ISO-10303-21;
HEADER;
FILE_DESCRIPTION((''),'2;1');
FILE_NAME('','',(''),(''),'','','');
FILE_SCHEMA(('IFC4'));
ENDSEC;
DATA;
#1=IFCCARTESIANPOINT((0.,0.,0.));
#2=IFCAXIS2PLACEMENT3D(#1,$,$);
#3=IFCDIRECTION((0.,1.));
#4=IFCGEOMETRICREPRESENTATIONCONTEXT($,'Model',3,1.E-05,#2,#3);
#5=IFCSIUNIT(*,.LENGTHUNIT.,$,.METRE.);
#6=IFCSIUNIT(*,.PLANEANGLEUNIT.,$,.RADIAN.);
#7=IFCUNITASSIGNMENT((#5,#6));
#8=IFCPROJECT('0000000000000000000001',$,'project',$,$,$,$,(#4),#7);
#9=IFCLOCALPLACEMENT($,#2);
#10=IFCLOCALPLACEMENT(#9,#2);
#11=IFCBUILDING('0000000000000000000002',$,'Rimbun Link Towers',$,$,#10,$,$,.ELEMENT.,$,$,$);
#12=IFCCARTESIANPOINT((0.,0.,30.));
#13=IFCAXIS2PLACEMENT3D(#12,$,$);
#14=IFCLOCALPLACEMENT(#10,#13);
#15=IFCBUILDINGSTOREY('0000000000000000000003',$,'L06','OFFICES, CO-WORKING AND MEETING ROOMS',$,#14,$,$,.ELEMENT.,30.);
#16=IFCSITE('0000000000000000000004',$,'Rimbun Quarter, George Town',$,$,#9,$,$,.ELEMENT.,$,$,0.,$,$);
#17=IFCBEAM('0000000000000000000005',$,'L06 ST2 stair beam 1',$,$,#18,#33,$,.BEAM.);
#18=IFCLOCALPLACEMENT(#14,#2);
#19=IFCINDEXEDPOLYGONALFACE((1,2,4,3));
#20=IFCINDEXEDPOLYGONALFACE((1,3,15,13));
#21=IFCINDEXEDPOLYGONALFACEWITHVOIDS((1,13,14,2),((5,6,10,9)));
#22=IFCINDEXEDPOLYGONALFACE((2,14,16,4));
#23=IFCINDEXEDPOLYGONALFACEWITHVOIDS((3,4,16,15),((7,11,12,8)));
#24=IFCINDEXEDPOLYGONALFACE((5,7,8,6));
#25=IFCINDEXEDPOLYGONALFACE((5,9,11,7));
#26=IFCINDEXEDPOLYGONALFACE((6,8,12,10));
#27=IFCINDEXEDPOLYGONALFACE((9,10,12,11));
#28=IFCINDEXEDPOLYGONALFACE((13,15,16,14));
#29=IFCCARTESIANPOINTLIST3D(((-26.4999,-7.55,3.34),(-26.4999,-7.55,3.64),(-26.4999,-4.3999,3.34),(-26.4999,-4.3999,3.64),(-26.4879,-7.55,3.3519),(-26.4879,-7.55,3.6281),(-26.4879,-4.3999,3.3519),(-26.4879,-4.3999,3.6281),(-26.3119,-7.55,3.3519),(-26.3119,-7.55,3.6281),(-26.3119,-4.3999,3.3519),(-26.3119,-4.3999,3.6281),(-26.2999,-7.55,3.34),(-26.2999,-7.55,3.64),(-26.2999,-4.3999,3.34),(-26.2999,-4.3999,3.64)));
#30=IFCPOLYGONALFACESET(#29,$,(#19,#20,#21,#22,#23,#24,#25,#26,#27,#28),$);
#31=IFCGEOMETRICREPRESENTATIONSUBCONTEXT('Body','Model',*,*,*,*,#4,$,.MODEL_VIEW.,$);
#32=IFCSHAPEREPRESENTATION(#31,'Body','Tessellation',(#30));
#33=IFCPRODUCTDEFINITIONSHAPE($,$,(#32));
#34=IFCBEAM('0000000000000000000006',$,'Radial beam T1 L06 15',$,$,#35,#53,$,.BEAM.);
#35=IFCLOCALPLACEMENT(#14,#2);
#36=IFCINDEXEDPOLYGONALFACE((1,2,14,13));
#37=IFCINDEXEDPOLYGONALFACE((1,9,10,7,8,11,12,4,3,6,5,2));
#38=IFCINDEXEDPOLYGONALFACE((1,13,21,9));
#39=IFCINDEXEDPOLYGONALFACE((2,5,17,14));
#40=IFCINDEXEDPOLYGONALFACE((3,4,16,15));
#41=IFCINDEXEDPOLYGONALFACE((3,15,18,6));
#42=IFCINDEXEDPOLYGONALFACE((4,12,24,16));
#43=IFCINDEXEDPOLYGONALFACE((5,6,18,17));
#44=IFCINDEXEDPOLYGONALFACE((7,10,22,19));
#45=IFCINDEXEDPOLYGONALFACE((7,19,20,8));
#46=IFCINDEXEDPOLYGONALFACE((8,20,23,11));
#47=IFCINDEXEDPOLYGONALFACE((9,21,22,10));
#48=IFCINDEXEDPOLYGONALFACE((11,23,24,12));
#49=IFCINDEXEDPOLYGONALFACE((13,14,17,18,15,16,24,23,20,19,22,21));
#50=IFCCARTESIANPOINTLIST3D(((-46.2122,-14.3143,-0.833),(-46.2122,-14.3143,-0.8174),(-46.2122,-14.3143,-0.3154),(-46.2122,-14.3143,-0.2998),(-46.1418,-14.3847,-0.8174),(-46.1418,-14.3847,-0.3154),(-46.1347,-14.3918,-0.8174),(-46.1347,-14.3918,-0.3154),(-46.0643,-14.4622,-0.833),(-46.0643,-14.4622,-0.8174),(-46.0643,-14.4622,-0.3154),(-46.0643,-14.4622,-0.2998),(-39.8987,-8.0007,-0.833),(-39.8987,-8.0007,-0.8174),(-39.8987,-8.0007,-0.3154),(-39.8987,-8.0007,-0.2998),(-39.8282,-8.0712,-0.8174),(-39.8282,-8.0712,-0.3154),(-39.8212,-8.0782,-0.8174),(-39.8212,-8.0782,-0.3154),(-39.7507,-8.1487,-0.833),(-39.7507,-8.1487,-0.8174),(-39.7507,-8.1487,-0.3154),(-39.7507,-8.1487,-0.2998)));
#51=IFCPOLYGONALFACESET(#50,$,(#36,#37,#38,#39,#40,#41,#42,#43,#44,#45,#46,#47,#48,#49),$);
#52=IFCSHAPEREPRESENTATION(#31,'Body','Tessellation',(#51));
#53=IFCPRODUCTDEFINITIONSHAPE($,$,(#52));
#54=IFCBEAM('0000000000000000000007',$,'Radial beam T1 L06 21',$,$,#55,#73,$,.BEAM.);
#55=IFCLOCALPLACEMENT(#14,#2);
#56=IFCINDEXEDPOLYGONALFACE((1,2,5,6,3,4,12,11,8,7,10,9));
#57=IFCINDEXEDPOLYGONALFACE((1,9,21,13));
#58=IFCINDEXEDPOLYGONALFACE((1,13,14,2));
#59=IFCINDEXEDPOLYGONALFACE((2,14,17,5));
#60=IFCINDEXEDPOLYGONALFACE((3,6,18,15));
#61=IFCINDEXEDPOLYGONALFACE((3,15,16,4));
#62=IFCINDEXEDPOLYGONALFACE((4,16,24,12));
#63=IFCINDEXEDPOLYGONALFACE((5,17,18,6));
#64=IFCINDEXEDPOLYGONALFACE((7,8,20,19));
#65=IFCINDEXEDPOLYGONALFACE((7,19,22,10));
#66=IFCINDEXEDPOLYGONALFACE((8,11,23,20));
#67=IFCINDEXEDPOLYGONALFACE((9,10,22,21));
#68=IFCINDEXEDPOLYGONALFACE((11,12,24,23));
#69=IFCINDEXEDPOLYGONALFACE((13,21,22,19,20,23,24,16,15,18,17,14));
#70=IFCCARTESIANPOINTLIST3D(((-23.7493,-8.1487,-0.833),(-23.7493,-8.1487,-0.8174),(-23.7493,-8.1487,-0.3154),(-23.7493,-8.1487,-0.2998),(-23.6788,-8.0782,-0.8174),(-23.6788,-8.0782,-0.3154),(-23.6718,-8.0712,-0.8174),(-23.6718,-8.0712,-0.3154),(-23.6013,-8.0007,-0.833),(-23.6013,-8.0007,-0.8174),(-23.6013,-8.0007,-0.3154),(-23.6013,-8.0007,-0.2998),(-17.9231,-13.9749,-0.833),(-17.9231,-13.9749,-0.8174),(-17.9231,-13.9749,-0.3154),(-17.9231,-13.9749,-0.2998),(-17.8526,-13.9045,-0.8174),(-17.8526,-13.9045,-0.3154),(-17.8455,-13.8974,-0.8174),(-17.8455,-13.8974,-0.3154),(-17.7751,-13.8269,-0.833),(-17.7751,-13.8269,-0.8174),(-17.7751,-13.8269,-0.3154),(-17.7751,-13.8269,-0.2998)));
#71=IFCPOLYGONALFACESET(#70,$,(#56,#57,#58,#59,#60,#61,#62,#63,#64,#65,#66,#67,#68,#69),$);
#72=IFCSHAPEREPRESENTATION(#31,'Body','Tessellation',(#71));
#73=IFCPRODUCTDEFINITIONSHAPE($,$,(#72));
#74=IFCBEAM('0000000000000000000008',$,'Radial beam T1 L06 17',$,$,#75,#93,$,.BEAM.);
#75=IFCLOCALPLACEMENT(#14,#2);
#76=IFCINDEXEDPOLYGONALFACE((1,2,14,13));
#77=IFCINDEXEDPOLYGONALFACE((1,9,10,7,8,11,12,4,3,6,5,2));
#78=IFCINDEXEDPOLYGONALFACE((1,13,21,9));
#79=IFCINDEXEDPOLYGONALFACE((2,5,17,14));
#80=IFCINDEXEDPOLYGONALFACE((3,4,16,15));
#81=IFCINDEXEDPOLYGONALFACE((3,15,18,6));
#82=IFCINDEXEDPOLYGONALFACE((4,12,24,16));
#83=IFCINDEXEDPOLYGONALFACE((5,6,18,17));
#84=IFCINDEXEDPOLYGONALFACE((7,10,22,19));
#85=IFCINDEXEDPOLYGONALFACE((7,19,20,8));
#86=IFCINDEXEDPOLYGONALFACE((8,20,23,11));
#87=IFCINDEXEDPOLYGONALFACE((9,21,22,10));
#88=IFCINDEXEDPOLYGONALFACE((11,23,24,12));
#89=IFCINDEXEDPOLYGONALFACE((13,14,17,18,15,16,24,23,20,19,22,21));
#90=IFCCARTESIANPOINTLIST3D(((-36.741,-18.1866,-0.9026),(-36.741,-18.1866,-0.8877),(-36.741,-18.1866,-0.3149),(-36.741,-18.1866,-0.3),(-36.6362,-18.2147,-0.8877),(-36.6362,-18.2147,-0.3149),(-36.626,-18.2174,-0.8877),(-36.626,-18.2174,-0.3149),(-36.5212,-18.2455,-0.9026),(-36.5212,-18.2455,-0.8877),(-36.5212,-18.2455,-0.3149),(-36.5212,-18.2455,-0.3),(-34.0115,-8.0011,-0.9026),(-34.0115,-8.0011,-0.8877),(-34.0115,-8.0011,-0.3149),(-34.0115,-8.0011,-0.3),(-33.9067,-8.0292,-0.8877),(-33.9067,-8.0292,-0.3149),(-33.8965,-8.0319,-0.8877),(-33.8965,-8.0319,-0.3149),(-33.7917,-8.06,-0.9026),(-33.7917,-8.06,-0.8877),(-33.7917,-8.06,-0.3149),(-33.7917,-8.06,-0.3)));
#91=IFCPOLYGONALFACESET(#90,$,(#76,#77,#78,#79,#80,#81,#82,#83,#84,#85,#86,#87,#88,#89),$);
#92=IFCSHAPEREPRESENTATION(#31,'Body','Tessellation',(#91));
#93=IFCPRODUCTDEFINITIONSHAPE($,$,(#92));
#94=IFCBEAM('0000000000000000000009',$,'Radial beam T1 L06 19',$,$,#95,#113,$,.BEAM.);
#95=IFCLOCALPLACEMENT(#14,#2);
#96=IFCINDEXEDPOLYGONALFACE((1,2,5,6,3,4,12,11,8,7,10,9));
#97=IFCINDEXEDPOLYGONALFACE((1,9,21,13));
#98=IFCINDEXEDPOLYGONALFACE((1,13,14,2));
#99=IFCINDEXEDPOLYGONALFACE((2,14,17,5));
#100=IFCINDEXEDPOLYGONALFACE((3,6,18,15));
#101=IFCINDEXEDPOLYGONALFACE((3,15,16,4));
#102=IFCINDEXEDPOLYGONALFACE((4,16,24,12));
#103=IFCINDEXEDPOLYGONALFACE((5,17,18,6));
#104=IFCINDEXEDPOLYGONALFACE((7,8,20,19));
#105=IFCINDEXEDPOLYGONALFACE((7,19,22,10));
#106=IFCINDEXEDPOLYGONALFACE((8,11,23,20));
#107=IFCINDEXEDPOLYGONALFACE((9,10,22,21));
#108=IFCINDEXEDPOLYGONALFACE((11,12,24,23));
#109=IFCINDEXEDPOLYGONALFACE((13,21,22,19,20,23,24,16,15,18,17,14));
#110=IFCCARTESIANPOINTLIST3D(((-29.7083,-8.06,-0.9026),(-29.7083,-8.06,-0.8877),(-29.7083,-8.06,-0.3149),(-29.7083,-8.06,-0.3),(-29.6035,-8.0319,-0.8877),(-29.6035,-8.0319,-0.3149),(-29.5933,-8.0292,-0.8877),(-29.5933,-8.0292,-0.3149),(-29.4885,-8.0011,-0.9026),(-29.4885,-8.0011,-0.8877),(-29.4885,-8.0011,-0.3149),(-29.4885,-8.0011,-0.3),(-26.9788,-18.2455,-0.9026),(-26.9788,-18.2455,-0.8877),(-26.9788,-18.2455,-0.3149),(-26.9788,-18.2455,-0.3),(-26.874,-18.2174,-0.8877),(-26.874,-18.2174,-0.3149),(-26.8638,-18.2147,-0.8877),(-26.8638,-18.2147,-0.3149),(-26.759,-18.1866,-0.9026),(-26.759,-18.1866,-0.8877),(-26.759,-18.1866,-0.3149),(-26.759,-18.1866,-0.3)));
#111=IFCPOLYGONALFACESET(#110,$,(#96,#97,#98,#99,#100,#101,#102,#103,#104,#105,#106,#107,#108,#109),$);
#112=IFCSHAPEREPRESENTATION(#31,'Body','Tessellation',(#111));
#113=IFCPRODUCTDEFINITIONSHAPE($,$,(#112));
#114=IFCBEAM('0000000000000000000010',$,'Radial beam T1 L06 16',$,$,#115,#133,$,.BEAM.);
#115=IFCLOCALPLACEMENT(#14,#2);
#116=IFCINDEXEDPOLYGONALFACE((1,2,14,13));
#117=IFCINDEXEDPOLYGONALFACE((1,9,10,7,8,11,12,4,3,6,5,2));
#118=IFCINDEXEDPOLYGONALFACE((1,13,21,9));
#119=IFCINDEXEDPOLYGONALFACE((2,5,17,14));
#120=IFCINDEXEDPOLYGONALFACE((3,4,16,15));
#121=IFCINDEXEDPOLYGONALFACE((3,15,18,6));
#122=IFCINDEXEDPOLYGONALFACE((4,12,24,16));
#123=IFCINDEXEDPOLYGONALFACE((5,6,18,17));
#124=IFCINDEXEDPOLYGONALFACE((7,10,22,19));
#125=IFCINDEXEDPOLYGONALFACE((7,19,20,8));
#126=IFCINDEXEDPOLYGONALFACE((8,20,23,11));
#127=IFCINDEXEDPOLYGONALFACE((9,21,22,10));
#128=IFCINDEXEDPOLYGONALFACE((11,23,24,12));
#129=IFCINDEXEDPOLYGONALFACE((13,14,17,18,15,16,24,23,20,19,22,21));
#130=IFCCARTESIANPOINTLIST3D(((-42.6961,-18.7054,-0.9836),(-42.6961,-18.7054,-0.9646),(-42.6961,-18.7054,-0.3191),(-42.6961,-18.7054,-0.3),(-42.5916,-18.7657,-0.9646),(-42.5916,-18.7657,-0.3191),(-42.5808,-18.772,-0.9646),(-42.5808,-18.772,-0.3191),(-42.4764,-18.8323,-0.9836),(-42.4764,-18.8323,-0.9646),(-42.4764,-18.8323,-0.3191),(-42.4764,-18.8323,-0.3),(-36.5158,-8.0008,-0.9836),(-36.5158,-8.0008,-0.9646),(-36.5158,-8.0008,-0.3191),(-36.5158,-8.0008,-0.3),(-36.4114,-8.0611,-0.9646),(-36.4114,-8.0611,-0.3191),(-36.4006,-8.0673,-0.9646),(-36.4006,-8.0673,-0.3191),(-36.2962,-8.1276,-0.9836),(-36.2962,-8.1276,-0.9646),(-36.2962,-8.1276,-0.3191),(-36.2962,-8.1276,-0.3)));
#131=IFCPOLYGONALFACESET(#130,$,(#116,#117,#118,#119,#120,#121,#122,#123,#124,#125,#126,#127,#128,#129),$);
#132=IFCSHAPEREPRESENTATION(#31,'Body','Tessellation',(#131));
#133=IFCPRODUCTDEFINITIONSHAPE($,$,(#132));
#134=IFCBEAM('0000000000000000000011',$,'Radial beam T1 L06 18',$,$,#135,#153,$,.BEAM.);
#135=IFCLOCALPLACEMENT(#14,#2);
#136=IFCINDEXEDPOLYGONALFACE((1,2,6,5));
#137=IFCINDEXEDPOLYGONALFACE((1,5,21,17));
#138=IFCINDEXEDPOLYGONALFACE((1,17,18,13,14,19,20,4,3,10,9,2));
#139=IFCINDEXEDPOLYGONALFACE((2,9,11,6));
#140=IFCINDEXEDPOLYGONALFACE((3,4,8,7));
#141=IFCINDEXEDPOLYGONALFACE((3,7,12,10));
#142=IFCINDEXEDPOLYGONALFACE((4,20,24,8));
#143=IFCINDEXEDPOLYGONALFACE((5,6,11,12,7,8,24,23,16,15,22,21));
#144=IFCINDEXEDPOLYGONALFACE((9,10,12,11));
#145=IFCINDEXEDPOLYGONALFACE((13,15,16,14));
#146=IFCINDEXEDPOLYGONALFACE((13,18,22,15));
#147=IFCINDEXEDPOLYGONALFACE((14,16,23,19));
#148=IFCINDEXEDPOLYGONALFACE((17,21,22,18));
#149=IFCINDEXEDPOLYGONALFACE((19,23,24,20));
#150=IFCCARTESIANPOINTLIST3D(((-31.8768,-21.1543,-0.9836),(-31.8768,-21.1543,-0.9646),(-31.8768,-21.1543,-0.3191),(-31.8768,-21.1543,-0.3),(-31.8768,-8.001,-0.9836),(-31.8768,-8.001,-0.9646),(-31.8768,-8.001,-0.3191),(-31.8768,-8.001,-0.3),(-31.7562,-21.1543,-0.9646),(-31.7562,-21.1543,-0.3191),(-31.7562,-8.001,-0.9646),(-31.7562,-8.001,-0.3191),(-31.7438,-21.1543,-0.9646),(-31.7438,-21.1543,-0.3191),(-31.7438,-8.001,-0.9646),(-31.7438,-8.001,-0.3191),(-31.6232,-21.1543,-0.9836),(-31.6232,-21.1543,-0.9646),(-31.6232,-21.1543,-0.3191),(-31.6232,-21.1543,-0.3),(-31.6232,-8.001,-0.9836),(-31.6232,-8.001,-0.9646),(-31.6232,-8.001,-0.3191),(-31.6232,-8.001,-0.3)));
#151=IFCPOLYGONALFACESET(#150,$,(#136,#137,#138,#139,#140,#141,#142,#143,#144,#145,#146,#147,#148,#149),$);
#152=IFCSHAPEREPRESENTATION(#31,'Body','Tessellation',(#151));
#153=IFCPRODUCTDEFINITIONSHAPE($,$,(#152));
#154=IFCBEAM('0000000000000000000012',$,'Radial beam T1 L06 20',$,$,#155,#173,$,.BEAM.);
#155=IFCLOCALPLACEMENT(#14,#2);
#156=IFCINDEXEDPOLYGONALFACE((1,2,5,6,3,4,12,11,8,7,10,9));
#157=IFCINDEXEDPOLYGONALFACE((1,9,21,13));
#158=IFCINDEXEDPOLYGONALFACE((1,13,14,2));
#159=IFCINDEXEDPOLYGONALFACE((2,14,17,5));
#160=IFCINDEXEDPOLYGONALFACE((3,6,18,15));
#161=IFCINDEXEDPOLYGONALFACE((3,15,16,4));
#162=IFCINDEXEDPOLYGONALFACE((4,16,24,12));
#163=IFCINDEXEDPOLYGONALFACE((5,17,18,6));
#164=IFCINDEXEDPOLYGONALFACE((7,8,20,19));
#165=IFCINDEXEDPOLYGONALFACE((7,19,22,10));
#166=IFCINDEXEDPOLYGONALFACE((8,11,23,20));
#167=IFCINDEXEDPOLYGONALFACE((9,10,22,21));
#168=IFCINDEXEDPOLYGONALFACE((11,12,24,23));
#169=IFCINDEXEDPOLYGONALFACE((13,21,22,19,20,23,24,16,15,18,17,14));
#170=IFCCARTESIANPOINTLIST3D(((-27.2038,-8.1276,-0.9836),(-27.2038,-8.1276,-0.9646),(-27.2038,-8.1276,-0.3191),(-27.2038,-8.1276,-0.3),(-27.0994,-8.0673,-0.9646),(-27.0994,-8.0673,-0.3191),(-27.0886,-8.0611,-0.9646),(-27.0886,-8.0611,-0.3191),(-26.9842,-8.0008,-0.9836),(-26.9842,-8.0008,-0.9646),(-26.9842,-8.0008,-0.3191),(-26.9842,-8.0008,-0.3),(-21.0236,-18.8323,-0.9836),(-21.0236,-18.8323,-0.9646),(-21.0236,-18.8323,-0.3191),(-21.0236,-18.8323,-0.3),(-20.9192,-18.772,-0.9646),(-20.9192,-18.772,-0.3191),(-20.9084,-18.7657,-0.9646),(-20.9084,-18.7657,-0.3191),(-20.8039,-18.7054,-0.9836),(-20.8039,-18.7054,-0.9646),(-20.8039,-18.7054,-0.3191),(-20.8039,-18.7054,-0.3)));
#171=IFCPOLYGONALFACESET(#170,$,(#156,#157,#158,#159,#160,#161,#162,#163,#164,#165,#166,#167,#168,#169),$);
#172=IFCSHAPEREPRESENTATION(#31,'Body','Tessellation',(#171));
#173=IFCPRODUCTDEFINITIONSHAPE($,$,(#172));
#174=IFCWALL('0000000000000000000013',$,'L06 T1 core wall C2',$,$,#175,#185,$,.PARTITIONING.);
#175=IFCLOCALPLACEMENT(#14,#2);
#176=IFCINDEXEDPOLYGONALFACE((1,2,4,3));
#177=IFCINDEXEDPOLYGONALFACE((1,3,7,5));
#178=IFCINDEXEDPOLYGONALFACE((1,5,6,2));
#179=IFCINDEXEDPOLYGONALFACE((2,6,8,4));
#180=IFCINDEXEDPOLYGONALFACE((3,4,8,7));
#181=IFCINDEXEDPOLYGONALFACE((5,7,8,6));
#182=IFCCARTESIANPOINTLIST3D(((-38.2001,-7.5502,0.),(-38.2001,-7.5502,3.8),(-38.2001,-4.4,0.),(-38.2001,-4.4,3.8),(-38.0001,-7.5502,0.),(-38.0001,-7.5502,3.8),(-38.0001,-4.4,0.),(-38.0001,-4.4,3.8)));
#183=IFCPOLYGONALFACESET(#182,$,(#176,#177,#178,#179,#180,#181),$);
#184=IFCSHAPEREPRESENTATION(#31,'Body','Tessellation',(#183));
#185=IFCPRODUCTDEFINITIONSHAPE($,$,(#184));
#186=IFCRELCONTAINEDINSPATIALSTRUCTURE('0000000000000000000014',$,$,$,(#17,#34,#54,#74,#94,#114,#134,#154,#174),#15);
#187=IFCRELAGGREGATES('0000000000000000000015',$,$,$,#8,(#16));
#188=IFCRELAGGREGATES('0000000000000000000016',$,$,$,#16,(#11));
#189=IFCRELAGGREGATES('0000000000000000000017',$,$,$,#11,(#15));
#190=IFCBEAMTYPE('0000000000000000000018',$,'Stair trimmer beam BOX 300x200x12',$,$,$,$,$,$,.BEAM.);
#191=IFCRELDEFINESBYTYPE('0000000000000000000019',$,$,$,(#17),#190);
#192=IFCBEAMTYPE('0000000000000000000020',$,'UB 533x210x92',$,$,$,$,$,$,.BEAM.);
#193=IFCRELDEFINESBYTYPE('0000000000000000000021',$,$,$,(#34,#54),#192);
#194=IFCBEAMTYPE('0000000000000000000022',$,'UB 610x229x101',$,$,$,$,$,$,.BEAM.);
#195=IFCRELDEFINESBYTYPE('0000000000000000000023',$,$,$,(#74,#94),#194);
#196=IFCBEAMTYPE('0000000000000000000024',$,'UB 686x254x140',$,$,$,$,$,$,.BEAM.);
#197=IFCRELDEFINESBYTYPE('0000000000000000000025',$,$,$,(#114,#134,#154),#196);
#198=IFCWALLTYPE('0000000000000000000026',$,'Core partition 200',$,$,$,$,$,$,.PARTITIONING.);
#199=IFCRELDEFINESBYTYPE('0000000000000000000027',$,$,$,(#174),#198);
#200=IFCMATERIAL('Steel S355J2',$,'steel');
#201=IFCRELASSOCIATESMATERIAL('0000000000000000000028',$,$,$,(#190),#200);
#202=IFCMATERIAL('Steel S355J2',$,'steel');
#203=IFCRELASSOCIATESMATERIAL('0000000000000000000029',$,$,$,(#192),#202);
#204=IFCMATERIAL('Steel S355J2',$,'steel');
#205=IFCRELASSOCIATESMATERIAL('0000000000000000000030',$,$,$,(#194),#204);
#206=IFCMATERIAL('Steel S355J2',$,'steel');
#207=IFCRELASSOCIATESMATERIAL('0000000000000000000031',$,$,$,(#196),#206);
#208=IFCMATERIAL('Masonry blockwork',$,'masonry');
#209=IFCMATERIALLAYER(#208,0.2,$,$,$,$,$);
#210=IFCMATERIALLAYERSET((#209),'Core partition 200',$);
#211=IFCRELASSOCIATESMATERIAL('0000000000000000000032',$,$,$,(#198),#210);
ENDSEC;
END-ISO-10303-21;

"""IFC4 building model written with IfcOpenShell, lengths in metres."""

from ifc_helpers import new_model, si_unit, direction, frame, frame_2d, origin, origin_2d, place, context, subcontext, project, spatial, rectangle, hollow_rectangle, i_section, extrude, material, layer, layer_set, material_profile, profile_set, type_object, element, save


model = new_model("IFC4")

# Units and contexts
model_context = context("Model", 3, precision=1e-05, world=origin(), true_north=direction((0.0, 1.0)))
body_context = subcontext(model_context, "Body", "Model", "MODEL_VIEW")
ifc_project = project(units=[si_unit("LENGTHUNIT", "METRE"), si_unit("PLANEANGLEUNIT", "RADIAN")], contexts=[model_context])

# Site, building, storey
site_placement = place(None, origin())
site = spatial("IfcSite", under=ifc_project, at=site_placement, Name="Rimbun Quarter, George Town", CompositionType="ELEMENT", RefElevation=0.0)
building_placement = place(site_placement, origin())
building = spatial("IfcBuilding", under=site, at=building_placement, Name="Rimbun Link Towers", CompositionType="ELEMENT")
storey_placement = place(building_placement, frame((0.0, 0.0, 30.0)))
storey = spatial("IfcBuildingStorey", under=building, at=storey_placement, Name="L06", Description="OFFICES, CO-WORKING AND MEETING ROOMS", CompositionType="ELEMENT", Elevation=30.0)

# Beams
ifc_material_1 = material(Name="Steel S355J2", Category="steel")
ifc_material_profile_1 = material_profile(ifc_material_1, hollow_rectangle(XDim=0.2, YDim=0.3, WallThickness=0.012, at=origin_2d()), Name="BOX 300x200x12")
ifc_profile_set_1 = profile_set([ifc_material_profile_1], Name="Steel S355J2")
beam_type_1 = type_object("IfcBeamType", Name="Stair trimmer beam BOX 300x200x12", PredefinedType="BEAM", material=ifc_profile_set_1)
beam_1_placement = place(storey_placement, frame((-26.3999, -7.55, 3.49), z_axis=(0.0, 1.0, 0.0), x_axis=(-1.0, 0.0, 0.0)))
element("IfcBeam", 1, at=beam_1_placement, inside=storey, type_object=beam_type_1, Name="L06 ST2 stair beam 1", PredefinedType="BEAM", context=body_context, shape_type="SweptSolid", body=[
    extrude(hollow_rectangle(XDim=0.2, YDim=0.3, WallThickness=0.012, at=origin_2d()), origin(), (0.0, 0.0, 1.0), 3.1501),
])
ifc_material_2 = material(Name="Steel S355J2", Category="steel")
ifc_material_profile_2 = material_profile(ifc_material_2, i_section(OverallWidth=0.2092, OverallDepth=0.5332, WebThickness=0.01, FlangeThickness=0.0156, at=origin_2d()), Name="UB 533x210x92")
ifc_profile_set_2 = profile_set([ifc_material_profile_2], Name="Steel S355J2")
beam_type_2 = type_object("IfcBeamType", Name="UB 533x210x92", PredefinedType="BEAM", material=ifc_profile_set_2)
beam_2_placement = place(storey_placement, frame((-39.8247, -8.0747, -0.5664), z_axis=(-0.707107, -0.707107, 0.0), x_axis=(0.707107, -0.707107, 0.0)))
element("IfcBeam", 2, at=beam_2_placement, inside=storey, type_object=beam_type_2, Name="Radial beam T1 L06 15", PredefinedType="BEAM", context=body_context, shape_type="SweptSolid", body=[
    extrude(i_section(OverallWidth=0.2092, OverallDepth=0.5332, WebThickness=0.01, FlangeThickness=0.0156, at=origin_2d()), origin(), (0.0, 0.0, 1.0), 8.9287),
])
beam_3_placement = place(storey_placement, frame((-23.6753, -8.0747, -0.5664), z_axis=(0.707107, -0.707107, 0.0), x_axis=(0.707107, 0.707107, 0.0)))
element("IfcBeam", 3, at=beam_3_placement, inside=storey, type_object=beam_type_2, Name="Radial beam T1 L06 21", PredefinedType="BEAM", context=body_context, shape_type="SweptSolid", body=[
    extrude(i_section(OverallWidth=0.2092, OverallDepth=0.5332, WebThickness=0.01, FlangeThickness=0.0156, at=origin_2d()), origin(), (0.0, 0.0, 1.0), 8.2395),
])
ifc_material_3 = material(Name="Steel S355J2", Category="steel")
ifc_material_profile_3 = material_profile(ifc_material_3, i_section(OverallWidth=0.2275, OverallDepth=0.6025, WebThickness=0.0105, FlangeThickness=0.0149, at=origin_2d()), Name="UB 610x229x101")
ifc_profile_set_3 = profile_set([ifc_material_profile_3], Name="Steel S355J2")
beam_type_3 = type_object("IfcBeamType", Name="UB 610x229x101", PredefinedType="BEAM", material=ifc_profile_set_3)
for number, where, z_axis, x_axis, name in (
    (4, (-33.9016, -8.0305, -0.6013), (-0.258844, -0.965919, 0.0), (0.965919, -0.258844, 0.0), "Radial beam T1 L06 17"),
    (5, (-29.5984, -8.0305, -0.6013), (0.258844, -0.965919, 0.0), (0.965919, 0.258844, 0.0), "Radial beam T1 L06 19"),
):
    element("IfcBeam", number, at=place(storey_placement, frame(where, z_axis=z_axis, x_axis=x_axis)), inside=storey, type_object=beam_type_3, Name=name, PredefinedType="BEAM", context=body_context, shape_type="SweptSolid", body=[
        extrude(i_section(OverallWidth=0.2275, OverallDepth=0.6025, WebThickness=0.0105, FlangeThickness=0.0149, at=origin_2d()), origin(), (0.0, 0.0, 1.0), 10.5449),
    ])
ifc_material_4 = material(Name="Steel S355J2", Category="steel")
ifc_material_profile_4 = material_profile(ifc_material_4, i_section(OverallWidth=0.2537, OverallDepth=0.6836, WebThickness=0.0125, FlangeThickness=0.019, at=origin_2d()), Name="UB 686x254x140")
ifc_profile_set_4 = profile_set([ifc_material_profile_4], Name="Steel S355J2")
beam_type_4 = type_object("IfcBeamType", Name="UB 686x254x140", PredefinedType="BEAM", material=ifc_profile_set_4)
beam_4_placement = place(storey_placement, frame((-36.406, -8.0642, -0.6418), z_axis=(-0.499993, -0.86603, 0.0), x_axis=(0.86603, -0.499993, 0.0)))
element("IfcBeam", 6, at=beam_4_placement, inside=storey, type_object=beam_type_4, Name="Radial beam T1 L06 16", PredefinedType="BEAM", context=body_context, shape_type="SweptSolid", body=[
    extrude(i_section(OverallWidth=0.2537, OverallDepth=0.6836, WebThickness=0.0125, FlangeThickness=0.019, at=origin_2d()), origin(), (0.0, 0.0, 1.0), 12.3606),
])
beam_5_placement = place(storey_placement, frame((-31.75, -8.001, -0.6418), z_axis=(0.0, -1.0, 0.0), x_axis=(1.0, 0.0, 0.0)))
element("IfcBeam", 7, at=beam_5_placement, inside=storey, type_object=beam_type_4, Name="Radial beam T1 L06 18", PredefinedType="BEAM", context=body_context, shape_type="SweptSolid", body=[
    extrude(i_section(OverallWidth=0.2537, OverallDepth=0.6836, WebThickness=0.0125, FlangeThickness=0.019, at=origin_2d()), origin(), (0.0, 0.0, 1.0), 13.1533),
])
beam_6_placement = place(storey_placement, frame((-27.094, -8.0642, -0.6418), z_axis=(0.499993, -0.86603, 0.0), x_axis=(0.86603, 0.499993, 0.0)))
element("IfcBeam", 8, at=beam_6_placement, inside=storey, type_object=beam_type_4, Name="Radial beam T1 L06 20", PredefinedType="BEAM", context=body_context, shape_type="SweptSolid", body=[
    extrude(i_section(OverallWidth=0.2537, OverallDepth=0.6836, WebThickness=0.0125, FlangeThickness=0.019, at=origin_2d()), origin(), (0.0, 0.0, 1.0), 12.3606),
])

# Wall
ifc_material_5 = material(Name="Masonry blockwork", Category="masonry")
ifc_layer_1 = layer(ifc_material_5, 0.2)
ifc_layer_set_1 = layer_set([ifc_layer_1], Name="Core partition 200")
wall_type_1 = type_object("IfcWallType", Name="Core partition 200", PredefinedType="PARTITIONING", material=ifc_layer_set_1)
wall_1_placement = place(storey_placement, frame((-38.1001, -4.3999, 0.0), z_axis=(0.0, 0.0, 1.0), x_axis=(0.0, -1.0, 0.0)))
element("IfcWall", 9, at=wall_1_placement, inside=storey, type_object=wall_type_1, Name="L06 T1 core wall C2", PredefinedType="PARTITIONING", context=body_context, shape_type="SweptSolid", body=[
    extrude(rectangle(XDim=3.1501, YDim=0.2, at=frame_2d((1.5752, 0.0))), origin(), (0.0, 0.0, 1.0), 3.8),
])

save(model, "model.ifc")
